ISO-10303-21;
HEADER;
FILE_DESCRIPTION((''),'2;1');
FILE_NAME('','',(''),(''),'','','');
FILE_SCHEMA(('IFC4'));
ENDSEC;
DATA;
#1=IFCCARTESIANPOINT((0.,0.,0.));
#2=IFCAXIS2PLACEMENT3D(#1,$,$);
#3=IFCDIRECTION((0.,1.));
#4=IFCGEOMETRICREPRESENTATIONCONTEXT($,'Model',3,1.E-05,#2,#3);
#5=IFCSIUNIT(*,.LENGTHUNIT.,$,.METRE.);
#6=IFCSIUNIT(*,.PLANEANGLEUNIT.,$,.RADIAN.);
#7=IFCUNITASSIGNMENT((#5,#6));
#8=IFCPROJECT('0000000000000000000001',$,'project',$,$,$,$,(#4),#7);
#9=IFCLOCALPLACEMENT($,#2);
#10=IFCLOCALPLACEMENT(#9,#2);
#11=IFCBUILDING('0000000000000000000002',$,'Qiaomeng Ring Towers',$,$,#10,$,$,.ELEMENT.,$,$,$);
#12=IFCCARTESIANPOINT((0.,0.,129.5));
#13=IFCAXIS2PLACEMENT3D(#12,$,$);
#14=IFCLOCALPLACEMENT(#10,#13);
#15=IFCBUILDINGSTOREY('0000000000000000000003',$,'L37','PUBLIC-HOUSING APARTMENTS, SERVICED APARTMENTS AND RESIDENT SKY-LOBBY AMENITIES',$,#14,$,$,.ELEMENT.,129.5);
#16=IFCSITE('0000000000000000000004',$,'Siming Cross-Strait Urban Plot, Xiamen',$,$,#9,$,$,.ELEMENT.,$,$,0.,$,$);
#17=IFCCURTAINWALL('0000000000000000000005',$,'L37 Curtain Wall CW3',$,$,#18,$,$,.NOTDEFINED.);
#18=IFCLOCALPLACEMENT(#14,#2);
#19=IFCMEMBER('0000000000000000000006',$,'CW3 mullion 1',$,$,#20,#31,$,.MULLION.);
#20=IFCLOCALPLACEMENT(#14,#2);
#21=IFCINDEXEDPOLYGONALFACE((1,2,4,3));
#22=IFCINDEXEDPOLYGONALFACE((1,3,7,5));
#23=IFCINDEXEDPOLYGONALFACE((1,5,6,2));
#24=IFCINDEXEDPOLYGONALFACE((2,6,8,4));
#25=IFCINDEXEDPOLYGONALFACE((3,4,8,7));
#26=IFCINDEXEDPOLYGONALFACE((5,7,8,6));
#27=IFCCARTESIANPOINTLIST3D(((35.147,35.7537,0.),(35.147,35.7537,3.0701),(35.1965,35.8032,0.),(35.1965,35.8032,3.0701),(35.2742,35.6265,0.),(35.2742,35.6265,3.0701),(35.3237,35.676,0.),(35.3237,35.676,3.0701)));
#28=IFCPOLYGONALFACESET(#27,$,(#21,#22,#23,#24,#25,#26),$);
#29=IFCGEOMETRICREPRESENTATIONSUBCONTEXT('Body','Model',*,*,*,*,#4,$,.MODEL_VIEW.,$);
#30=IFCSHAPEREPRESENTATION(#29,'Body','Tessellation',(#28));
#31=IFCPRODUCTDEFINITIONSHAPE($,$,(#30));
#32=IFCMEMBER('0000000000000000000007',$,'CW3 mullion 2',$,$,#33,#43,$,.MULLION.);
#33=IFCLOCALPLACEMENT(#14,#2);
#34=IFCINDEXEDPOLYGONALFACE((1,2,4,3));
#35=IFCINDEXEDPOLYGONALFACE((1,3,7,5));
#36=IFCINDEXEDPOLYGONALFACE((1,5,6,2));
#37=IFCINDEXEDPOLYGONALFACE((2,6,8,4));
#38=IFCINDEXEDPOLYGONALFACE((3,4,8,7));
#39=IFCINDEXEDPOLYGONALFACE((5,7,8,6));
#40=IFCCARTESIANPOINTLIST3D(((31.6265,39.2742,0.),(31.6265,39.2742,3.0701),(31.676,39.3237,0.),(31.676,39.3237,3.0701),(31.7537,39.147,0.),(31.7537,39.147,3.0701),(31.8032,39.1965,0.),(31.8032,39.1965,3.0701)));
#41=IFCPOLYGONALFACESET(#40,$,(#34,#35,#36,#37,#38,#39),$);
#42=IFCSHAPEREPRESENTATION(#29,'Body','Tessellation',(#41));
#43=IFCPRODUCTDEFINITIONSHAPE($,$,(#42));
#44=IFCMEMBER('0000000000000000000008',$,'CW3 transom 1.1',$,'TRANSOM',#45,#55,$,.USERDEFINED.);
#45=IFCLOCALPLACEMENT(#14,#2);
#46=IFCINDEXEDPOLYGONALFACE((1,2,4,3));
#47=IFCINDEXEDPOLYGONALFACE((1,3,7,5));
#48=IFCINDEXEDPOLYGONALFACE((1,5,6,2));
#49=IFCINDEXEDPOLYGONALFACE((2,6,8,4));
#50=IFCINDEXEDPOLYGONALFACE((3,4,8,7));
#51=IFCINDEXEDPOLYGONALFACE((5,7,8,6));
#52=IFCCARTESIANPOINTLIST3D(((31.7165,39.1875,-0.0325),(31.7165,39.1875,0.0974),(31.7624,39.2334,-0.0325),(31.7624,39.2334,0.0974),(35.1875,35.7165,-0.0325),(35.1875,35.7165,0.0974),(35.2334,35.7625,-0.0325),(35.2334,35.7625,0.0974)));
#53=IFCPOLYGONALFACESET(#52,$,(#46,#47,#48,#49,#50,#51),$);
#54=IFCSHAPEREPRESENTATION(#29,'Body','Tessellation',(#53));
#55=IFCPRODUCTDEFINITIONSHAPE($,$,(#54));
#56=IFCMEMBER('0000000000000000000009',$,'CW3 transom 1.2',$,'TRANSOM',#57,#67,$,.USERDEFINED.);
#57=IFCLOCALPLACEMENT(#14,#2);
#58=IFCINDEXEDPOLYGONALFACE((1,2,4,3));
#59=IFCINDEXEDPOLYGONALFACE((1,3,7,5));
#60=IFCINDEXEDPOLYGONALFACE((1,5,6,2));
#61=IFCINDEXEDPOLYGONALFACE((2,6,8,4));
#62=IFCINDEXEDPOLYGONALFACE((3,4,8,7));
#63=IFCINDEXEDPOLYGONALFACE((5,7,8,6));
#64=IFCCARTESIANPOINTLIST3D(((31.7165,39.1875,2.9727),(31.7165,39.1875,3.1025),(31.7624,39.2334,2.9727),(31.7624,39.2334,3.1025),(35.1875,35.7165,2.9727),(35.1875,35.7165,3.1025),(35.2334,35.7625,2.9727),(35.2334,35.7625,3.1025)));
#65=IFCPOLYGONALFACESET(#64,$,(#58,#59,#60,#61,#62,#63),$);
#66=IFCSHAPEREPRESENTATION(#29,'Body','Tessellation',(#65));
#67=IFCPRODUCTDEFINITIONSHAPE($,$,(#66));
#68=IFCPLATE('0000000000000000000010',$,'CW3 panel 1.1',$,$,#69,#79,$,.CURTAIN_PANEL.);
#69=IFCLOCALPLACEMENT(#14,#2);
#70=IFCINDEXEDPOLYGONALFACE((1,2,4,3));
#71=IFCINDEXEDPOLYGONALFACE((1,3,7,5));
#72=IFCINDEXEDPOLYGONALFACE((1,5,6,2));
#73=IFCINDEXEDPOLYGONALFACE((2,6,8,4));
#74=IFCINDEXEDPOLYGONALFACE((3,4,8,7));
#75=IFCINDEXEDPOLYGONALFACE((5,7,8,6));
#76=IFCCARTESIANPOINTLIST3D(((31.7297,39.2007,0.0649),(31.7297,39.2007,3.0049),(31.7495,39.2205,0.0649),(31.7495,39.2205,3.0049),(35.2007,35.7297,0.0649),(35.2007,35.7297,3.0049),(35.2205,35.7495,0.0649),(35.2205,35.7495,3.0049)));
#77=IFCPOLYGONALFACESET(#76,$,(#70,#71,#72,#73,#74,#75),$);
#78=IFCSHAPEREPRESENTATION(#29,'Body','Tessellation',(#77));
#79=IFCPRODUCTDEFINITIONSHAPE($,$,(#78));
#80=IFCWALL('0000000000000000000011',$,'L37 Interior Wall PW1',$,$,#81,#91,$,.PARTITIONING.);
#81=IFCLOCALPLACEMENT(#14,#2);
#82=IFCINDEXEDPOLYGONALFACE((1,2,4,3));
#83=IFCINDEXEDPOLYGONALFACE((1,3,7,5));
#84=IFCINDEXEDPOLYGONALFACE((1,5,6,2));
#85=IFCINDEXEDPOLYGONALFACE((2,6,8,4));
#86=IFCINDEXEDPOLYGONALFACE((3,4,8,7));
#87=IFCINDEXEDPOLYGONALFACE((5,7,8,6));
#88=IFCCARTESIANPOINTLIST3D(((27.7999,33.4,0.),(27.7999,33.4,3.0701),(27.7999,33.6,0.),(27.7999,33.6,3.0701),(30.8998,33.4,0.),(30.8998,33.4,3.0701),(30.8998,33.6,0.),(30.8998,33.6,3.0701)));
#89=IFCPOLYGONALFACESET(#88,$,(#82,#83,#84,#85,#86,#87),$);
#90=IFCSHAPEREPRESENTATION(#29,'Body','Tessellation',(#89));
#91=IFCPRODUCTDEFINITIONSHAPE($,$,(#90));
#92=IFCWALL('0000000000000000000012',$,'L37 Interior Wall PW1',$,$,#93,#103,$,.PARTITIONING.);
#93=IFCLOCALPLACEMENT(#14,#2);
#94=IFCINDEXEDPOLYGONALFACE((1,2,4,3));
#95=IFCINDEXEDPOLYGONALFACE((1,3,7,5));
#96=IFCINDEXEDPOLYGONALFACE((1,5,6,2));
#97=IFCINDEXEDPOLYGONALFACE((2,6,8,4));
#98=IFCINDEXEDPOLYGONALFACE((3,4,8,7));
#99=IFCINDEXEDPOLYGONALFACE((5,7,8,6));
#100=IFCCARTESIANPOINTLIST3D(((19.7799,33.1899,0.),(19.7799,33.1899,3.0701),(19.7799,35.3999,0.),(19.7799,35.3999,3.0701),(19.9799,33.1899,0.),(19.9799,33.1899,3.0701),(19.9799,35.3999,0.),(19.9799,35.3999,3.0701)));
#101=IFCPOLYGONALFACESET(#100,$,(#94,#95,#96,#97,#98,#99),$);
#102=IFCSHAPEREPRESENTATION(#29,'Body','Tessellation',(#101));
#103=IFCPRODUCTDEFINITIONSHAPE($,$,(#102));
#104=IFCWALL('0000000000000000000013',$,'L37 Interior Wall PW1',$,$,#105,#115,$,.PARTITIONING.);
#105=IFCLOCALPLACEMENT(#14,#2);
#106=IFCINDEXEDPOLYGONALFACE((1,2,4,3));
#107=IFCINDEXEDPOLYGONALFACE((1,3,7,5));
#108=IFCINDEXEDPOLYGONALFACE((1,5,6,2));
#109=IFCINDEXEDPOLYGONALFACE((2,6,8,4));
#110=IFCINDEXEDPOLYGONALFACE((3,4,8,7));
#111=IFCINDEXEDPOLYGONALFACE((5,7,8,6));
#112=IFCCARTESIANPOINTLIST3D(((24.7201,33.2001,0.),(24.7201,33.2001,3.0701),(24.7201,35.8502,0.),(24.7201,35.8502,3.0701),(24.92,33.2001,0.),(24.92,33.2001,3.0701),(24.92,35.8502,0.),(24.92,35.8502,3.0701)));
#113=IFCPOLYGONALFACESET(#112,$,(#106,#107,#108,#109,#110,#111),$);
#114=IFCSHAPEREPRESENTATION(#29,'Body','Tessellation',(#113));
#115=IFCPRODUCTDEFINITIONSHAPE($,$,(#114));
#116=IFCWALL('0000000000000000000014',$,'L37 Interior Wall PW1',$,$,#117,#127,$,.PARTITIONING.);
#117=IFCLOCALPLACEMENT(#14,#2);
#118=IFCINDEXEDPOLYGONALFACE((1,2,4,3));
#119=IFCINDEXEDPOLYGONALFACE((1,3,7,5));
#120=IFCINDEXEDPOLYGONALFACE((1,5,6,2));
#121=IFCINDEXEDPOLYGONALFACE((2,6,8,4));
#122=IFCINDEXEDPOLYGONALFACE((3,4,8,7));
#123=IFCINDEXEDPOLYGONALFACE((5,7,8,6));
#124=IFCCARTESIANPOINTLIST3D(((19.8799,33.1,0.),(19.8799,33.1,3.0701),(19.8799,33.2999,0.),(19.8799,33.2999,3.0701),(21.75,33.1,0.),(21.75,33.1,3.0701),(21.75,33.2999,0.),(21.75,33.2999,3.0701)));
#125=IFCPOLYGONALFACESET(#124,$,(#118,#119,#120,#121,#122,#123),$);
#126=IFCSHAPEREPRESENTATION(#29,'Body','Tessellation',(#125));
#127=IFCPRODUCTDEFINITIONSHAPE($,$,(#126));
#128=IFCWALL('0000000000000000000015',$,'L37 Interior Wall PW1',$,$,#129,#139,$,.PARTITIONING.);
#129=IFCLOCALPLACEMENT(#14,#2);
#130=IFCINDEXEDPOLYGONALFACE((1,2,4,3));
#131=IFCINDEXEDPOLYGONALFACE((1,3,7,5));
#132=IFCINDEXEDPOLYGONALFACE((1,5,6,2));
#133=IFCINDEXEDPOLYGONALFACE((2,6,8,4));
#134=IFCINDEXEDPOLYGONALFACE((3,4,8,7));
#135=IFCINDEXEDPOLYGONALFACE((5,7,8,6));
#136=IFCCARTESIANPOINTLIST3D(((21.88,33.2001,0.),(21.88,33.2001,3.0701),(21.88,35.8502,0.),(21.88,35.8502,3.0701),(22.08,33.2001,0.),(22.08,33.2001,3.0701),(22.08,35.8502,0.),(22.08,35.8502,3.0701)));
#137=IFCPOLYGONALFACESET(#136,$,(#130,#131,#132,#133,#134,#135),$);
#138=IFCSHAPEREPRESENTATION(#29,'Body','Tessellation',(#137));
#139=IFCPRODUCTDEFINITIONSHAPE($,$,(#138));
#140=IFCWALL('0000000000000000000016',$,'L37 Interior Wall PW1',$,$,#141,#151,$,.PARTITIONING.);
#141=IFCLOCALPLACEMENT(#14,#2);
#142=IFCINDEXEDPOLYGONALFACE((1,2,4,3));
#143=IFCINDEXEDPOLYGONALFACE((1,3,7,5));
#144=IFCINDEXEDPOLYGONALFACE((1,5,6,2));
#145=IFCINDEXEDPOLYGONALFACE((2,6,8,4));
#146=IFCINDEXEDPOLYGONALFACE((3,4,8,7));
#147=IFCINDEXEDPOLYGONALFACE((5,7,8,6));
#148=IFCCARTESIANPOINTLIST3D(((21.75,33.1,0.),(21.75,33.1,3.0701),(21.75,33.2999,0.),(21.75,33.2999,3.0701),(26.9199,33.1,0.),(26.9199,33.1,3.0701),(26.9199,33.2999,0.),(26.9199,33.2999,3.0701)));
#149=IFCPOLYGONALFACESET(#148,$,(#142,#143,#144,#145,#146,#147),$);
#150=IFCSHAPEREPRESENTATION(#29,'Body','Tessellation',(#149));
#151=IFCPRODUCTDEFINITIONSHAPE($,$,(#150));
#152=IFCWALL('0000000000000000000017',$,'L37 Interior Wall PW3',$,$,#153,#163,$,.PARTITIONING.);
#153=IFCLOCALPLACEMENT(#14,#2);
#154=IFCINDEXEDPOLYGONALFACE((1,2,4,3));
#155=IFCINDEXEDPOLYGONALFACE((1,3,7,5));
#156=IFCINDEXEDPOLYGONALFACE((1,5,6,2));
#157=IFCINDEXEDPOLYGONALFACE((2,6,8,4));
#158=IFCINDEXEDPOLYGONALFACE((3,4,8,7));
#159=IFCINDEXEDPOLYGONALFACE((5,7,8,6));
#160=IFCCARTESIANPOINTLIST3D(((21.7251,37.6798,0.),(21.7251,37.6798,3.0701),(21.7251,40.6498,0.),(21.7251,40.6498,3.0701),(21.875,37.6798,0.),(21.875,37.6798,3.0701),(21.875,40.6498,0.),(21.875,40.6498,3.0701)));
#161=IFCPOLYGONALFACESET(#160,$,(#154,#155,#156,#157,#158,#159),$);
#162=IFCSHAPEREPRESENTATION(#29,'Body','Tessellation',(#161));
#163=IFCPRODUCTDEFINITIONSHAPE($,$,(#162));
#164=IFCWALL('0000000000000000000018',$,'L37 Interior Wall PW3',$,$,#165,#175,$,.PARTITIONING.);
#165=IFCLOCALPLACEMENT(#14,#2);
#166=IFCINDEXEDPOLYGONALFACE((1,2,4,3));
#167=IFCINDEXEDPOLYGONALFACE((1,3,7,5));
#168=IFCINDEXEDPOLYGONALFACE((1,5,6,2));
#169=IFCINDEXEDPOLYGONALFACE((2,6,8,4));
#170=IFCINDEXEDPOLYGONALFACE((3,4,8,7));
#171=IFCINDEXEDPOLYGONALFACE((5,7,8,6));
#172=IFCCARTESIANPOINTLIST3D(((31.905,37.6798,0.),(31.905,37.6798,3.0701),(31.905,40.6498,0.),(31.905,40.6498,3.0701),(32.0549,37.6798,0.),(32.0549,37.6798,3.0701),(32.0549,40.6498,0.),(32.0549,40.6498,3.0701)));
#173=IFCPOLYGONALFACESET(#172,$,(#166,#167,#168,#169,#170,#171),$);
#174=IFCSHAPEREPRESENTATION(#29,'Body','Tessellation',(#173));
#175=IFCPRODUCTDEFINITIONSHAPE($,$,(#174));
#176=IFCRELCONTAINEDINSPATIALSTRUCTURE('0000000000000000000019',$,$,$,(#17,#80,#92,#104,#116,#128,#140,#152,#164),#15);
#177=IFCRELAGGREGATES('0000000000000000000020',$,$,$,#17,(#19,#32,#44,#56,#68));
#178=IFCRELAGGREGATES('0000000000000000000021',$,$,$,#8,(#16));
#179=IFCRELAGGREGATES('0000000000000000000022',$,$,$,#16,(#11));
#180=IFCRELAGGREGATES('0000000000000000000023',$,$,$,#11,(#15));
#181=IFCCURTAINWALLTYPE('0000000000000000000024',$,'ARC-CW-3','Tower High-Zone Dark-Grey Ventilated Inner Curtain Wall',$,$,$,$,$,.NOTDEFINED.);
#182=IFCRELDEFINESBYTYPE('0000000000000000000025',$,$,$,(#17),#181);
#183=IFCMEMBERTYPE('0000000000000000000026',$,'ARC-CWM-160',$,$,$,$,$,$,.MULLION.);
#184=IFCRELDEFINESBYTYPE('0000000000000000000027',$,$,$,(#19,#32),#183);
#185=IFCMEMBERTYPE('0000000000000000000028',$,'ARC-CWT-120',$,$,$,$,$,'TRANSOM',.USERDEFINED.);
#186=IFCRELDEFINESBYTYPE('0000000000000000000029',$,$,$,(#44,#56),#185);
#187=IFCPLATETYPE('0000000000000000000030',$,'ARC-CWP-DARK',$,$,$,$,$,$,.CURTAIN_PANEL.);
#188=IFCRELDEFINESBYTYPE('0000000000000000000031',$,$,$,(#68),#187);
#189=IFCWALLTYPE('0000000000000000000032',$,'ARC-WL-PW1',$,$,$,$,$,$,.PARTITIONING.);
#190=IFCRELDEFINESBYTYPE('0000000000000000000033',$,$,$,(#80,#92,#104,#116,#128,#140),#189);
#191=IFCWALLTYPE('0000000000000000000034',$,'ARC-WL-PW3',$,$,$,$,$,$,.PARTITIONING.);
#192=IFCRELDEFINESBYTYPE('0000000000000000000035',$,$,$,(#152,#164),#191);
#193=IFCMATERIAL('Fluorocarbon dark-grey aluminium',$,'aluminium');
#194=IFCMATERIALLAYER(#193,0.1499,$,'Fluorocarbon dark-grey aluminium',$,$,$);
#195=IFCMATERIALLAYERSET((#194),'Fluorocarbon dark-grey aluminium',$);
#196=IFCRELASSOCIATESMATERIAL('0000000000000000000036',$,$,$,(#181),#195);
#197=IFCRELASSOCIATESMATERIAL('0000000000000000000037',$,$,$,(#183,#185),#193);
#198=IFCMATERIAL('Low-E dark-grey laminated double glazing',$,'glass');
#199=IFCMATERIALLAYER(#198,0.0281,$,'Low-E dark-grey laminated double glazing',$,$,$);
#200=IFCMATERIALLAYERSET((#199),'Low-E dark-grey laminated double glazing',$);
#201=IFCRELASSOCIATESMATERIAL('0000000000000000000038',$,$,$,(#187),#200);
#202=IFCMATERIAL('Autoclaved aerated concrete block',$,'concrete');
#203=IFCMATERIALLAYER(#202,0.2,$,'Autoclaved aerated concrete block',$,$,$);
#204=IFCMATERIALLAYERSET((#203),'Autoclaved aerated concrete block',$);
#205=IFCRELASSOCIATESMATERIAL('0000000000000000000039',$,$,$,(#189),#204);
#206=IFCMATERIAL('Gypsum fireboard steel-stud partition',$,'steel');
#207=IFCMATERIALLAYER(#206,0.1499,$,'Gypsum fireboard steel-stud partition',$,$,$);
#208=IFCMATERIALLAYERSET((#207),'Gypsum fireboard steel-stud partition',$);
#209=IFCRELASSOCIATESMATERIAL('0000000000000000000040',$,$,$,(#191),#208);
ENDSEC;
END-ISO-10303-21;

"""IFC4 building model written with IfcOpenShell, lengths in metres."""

from ifc_helpers import new_model, si_unit, direction, frame, frame_2d, origin, origin_2d, place, context, subcontext, project, spatial, rectangle, extrude, source, transform, mapped, material, layer, layer_set, material_profile, profile_set, type_object, element, aggregate, save


model = new_model("IFC4")

# Units and contexts
model_context = context("Model", 3, precision=1e-05, world=origin(), true_north=direction((0.0, 1.0)))
body_context = subcontext(model_context, "Body", "Model", "MODEL_VIEW")
ifc_project = project(units=[si_unit("LENGTHUNIT", "METRE"), si_unit("PLANEANGLEUNIT", "RADIAN")], contexts=[model_context])

# Site, building, storey
site_placement = place(None, origin())
site = spatial("IfcSite", under=ifc_project, at=site_placement, Name="Siming Cross-Strait Urban Plot, Xiamen", CompositionType="ELEMENT", RefElevation=0.0)
building_placement = place(site_placement, origin())
building = spatial("IfcBuilding", under=site, at=building_placement, Name="Qiaomeng Ring Towers", CompositionType="ELEMENT")
storey_placement = place(building_placement, frame((0.0, 0.0, 129.5)))
storey = spatial("IfcBuildingStorey", under=building, at=storey_placement, Name="L37", Description="PUBLIC-HOUSING APARTMENTS, SERVICED APARTMENTS AND RESIDENT SKY-LOBBY AMENITIES", CompositionType="ELEMENT", Elevation=129.5)

# Curtain wall, members, plate
ifc_material_1 = material(Name="Fluorocarbon dark-grey aluminium", Category="aluminium")
ifc_layer_1 = layer(ifc_material_1, 0.1499, Name="Fluorocarbon dark-grey aluminium")
ifc_layer_set_1 = layer_set([ifc_layer_1], Name="Fluorocarbon dark-grey aluminium")
curtain_wall_type = type_object("IfcCurtainWallType", Name="ARC-CW-3", Description="Tower High-Zone Dark-Grey Ventilated Inner Curtain Wall", PredefinedType="NOTDEFINED", material=ifc_layer_set_1)
curtain_wall_placement = place(storey_placement, origin())
curtain_wall = element("IfcCurtainWall", 1, at=curtain_wall_placement, inside=storey, type_object=curtain_wall_type, Name="L37 Curtain Wall CW3", PredefinedType="NOTDEFINED")
ifc_material_profile_1 = material_profile(ifc_material_1, rectangle(XDim=0.0701, YDim=0.1799, at=origin_2d()), Name="ALU MULL 70x180")
ifc_profile_set_1 = profile_set([ifc_material_profile_1], Name="Fluorocarbon dark-grey aluminium")
member_type_1 = type_object("IfcMemberType", Name="ARC-CWM-160", PredefinedType="MULLION", material=ifc_profile_set_1)
shared_shape_1 = source(origin(), body_context, "Body", "SweptSolid", [
    extrude(rectangle(XDim=0.0701, YDim=0.1799, at=origin_2d()), origin(), (0.0, 0.0, 1.0), 3.0701),
])
member_1_placement = place(storey_placement, frame((35.2354, 35.7148, 0.0), z_axis=(0.0, 0.0, 1.0), x_axis=(-0.707107, -0.707107, 0.0)))
member_1 = element("IfcMember", 2, at=member_1_placement, type_object=member_type_1, Name="CW3 mullion 1", PredefinedType="MULLION", context=body_context, shape_type="MappedRepresentation", body=[
    mapped(shared_shape_1, transform((0.0, 0.0, 0.0), x_axis=(1.0, 0.0, 0.0), y_axis=(0.0, 1.0, 0.0), z_axis=(0.0, 0.0, 1.0), scale=1.0)),
])
member_2_placement = place(storey_placement, frame((31.7148, 39.2354, 0.0), z_axis=(0.0, 0.0, 1.0), x_axis=(-0.707107, -0.707107, 0.0)))
member_2 = element("IfcMember", 3, at=member_2_placement, type_object=member_type_1, Name="CW3 mullion 2", PredefinedType="MULLION", context=body_context, shape_type="MappedRepresentation", body=[
    mapped(shared_shape_1, transform((0.0, 0.0, 0.0), x_axis=(1.0, 0.0, 0.0), y_axis=(0.0, 1.0, 0.0), z_axis=(0.0, 0.0, 1.0), scale=1.0)),
])
ifc_material_profile_2 = material_profile(ifc_material_1, rectangle(XDim=0.0649, YDim=0.1299, at=origin_2d()), Name="ALU TRAN 65x130")
ifc_profile_set_2 = profile_set([ifc_material_profile_2], Name="Fluorocarbon dark-grey aluminium")
member_type_2 = type_object("IfcMemberType", Name="ARC-CWT-120", ElementType="TRANSOM", PredefinedType="USERDEFINED", material=ifc_profile_set_2)
shared_shape_2 = source(origin(), body_context, "Body", "SweptSolid", [
    extrude(rectangle(XDim=0.0649, YDim=0.1299, at=origin_2d()), origin(), (0.0, 0.0, 1.0), 4.9087),
])
member_3_placement = place(storey_placement, frame((35.2104, 35.7395, 0.0325), z_axis=(-0.707107, 0.707107, 0.0), x_axis=(-0.707107, -0.707107, 0.0)))
member_3 = element("IfcMember", 4, at=member_3_placement, type_object=member_type_2, Name="CW3 transom 1.1", ObjectType="TRANSOM", PredefinedType="USERDEFINED", context=body_context, shape_type="MappedRepresentation", body=[
    mapped(shared_shape_2, transform((0.0, 0.0, 0.0), x_axis=(1.0, 0.0, 0.0), y_axis=(0.0, 1.0, 0.0), z_axis=(0.0, 0.0, 1.0), scale=1.0)),
])
member_4_placement = place(storey_placement, frame((35.2104, 35.7395, 3.0376), z_axis=(-0.707107, 0.707107, 0.0), x_axis=(-0.707107, -0.707107, 0.0)))
member_4 = element("IfcMember", 5, at=member_4_placement, type_object=member_type_2, Name="CW3 transom 1.2", ObjectType="TRANSOM", PredefinedType="USERDEFINED", context=body_context, shape_type="MappedRepresentation", body=[
    mapped(shared_shape_2, transform((0.0, 0.0, 0.0), x_axis=(1.0, 0.0, 0.0), y_axis=(0.0, 1.0, 0.0), z_axis=(0.0, 0.0, 1.0), scale=1.0)),
])
ifc_material_2 = material(Name="Low-E dark-grey laminated double glazing", Category="glass")
ifc_layer_2 = layer(ifc_material_2, 0.0281, Name="Low-E dark-grey laminated double glazing")
ifc_layer_set_2 = layer_set([ifc_layer_2], Name="Low-E dark-grey laminated double glazing")
plate_type = type_object("IfcPlateType", Name="ARC-CWP-DARK", PredefinedType="CURTAIN_PANEL", material=ifc_layer_set_2)
shared_shape_3 = source(origin(), body_context, "Body", "SweptSolid", [
    extrude(rectangle(XDim=4.9087, YDim=0.0281, at=origin_2d()), origin(), (0.0, 0.0, 1.0), 2.9399),
])
plate_placement = place(storey_placement, frame((33.4751, 37.4751, 0.0649), z_axis=(0.0, 0.0, 1.0), x_axis=(-0.707107, 0.707107, 0.0)))
plate = element("IfcPlate", 6, at=plate_placement, type_object=plate_type, Name="CW3 panel 1.1", PredefinedType="CURTAIN_PANEL", context=body_context, shape_type="MappedRepresentation", body=[
    mapped(shared_shape_3, transform((0.0, 0.0, 0.0), x_axis=(1.0, 0.0, 0.0), y_axis=(0.0, 1.0, 0.0), z_axis=(0.0, 0.0, 1.0), scale=1.0)),
])
aggregate(curtain_wall, [member_1, member_2, member_3, member_4, plate])

# Walls
ifc_material_3 = material(Name="Autoclaved aerated concrete block", Category="concrete")
ifc_layer_3 = layer(ifc_material_3, 0.2, Name="Autoclaved aerated concrete block")
ifc_layer_set_3 = layer_set([ifc_layer_3], Name="Autoclaved aerated concrete block")
wall_type_1 = type_object("IfcWallType", Name="ARC-WL-PW1", PredefinedType="PARTITIONING", material=ifc_layer_set_3)
wall_1_placement = place(storey_placement, frame((27.8, 33.5, 0.0), z_axis=(0.0, 0.0, 1.0), x_axis=(1.0, 0.0, 0.0)))
element("IfcWall", 7, at=wall_1_placement, inside=storey, type_object=wall_type_1, Name="L37 Interior Wall PW1", PredefinedType="PARTITIONING", context=body_context, shape_type="SweptSolid", body=[
    extrude(rectangle(XDim=3.0999, YDim=0.2, at=frame_2d((1.5498, 0.0))), origin(), (0.0, 0.0, 1.0), 3.0701),
])
wall_2_placement = place(storey_placement, frame((19.8799, 33.1899, 0.0), z_axis=(0.0, 0.0, 1.0), x_axis=(0.0, 1.0, 0.0)))
element("IfcWall", 8, at=wall_2_placement, inside=storey, type_object=wall_type_1, Name="L37 Interior Wall PW1", PredefinedType="PARTITIONING", context=body_context, shape_type="SweptSolid", body=[
    extrude(rectangle(XDim=2.21, YDim=0.2, at=frame_2d((1.105, 0.0))), origin(), (0.0, 0.0, 1.0), 3.0701),
])
wall_3_placement = place(storey_placement, frame((24.8201, 33.2, 0.0), z_axis=(0.0, 0.0, 1.0), x_axis=(0.0, 1.0, 0.0)))
element("IfcWall", 9, at=wall_3_placement, inside=storey, type_object=wall_type_1, Name="L37 Interior Wall PW1", PredefinedType="PARTITIONING", context=body_context, shape_type="SweptSolid", body=[
    extrude(rectangle(XDim=2.6501, YDim=0.2, at=frame_2d((1.3252, 0.0))), origin(), (0.0, 0.0, 1.0), 3.0701),
])
wall_4_placement = place(storey_placement, frame((19.8799, 33.2, 0.0), z_axis=(0.0, 0.0, 1.0), x_axis=(1.0, 0.0, 0.0)))
element("IfcWall", 10, at=wall_4_placement, inside=storey, type_object=wall_type_1, Name="L37 Interior Wall PW1", PredefinedType="PARTITIONING", context=body_context, shape_type="SweptSolid", body=[
    extrude(rectangle(XDim=1.8701, YDim=0.2, at=frame_2d((0.9351, 0.0))), origin(), (0.0, 0.0, 1.0), 3.0701),
])
wall_5_placement = place(storey_placement, frame((21.98, 33.2, 0.0), z_axis=(0.0, 0.0, 1.0), x_axis=(0.0, 1.0, 0.0)))
element("IfcWall", 11, at=wall_5_placement, inside=storey, type_object=wall_type_1, Name="L37 Interior Wall PW1", PredefinedType="PARTITIONING", context=body_context, shape_type="SweptSolid", body=[
    extrude(rectangle(XDim=2.6501, YDim=0.2, at=frame_2d((1.3252, 0.0))), origin(), (0.0, 0.0, 1.0), 3.0701),
])
wall_6_placement = place(storey_placement, frame((21.75, 33.2, 0.0), z_axis=(0.0, 0.0, 1.0), x_axis=(1.0, 0.0, 0.0)))
element("IfcWall", 12, at=wall_6_placement, inside=storey, type_object=wall_type_1, Name="L37 Interior Wall PW1", PredefinedType="PARTITIONING", context=body_context, shape_type="SweptSolid", body=[
    extrude(rectangle(XDim=5.1699, YDim=0.2, at=frame_2d((2.585, 0.0))), origin(), (0.0, 0.0, 1.0), 3.0701),
])
ifc_material_4 = material(Name="Gypsum fireboard steel-stud partition", Category="steel")
ifc_layer_4 = layer(ifc_material_4, 0.1499, Name="Gypsum fireboard steel-stud partition")
ifc_layer_set_4 = layer_set([ifc_layer_4], Name="Gypsum fireboard steel-stud partition")
wall_type_2 = type_object("IfcWallType", Name="ARC-WL-PW3", PredefinedType="PARTITIONING", material=ifc_layer_set_4)
for number, where, z_axis, x_axis, name in (
    (13, (21.8, 37.6799, 0.0), (0.0, 0.0, 1.0), (0.0, 1.0, 0.0), "L37 Interior Wall PW3"),
    (14, (31.98, 37.6799, 0.0), (0.0, 0.0, 1.0), (0.0, 1.0, 0.0), "L37 Interior Wall PW3"),
):
    element("IfcWall", number, at=place(storey_placement, frame(where, z_axis=z_axis, x_axis=x_axis)), inside=storey, type_object=wall_type_2, Name=name, PredefinedType="PARTITIONING", context=body_context, shape_type="SweptSolid", body=[
        extrude(rectangle(XDim=2.97, YDim=0.1499, at=frame_2d((1.4849, 0.0))), origin(), (0.0, 0.0, 1.0), 3.0701),
    ])

save(model, "model.ifc")
